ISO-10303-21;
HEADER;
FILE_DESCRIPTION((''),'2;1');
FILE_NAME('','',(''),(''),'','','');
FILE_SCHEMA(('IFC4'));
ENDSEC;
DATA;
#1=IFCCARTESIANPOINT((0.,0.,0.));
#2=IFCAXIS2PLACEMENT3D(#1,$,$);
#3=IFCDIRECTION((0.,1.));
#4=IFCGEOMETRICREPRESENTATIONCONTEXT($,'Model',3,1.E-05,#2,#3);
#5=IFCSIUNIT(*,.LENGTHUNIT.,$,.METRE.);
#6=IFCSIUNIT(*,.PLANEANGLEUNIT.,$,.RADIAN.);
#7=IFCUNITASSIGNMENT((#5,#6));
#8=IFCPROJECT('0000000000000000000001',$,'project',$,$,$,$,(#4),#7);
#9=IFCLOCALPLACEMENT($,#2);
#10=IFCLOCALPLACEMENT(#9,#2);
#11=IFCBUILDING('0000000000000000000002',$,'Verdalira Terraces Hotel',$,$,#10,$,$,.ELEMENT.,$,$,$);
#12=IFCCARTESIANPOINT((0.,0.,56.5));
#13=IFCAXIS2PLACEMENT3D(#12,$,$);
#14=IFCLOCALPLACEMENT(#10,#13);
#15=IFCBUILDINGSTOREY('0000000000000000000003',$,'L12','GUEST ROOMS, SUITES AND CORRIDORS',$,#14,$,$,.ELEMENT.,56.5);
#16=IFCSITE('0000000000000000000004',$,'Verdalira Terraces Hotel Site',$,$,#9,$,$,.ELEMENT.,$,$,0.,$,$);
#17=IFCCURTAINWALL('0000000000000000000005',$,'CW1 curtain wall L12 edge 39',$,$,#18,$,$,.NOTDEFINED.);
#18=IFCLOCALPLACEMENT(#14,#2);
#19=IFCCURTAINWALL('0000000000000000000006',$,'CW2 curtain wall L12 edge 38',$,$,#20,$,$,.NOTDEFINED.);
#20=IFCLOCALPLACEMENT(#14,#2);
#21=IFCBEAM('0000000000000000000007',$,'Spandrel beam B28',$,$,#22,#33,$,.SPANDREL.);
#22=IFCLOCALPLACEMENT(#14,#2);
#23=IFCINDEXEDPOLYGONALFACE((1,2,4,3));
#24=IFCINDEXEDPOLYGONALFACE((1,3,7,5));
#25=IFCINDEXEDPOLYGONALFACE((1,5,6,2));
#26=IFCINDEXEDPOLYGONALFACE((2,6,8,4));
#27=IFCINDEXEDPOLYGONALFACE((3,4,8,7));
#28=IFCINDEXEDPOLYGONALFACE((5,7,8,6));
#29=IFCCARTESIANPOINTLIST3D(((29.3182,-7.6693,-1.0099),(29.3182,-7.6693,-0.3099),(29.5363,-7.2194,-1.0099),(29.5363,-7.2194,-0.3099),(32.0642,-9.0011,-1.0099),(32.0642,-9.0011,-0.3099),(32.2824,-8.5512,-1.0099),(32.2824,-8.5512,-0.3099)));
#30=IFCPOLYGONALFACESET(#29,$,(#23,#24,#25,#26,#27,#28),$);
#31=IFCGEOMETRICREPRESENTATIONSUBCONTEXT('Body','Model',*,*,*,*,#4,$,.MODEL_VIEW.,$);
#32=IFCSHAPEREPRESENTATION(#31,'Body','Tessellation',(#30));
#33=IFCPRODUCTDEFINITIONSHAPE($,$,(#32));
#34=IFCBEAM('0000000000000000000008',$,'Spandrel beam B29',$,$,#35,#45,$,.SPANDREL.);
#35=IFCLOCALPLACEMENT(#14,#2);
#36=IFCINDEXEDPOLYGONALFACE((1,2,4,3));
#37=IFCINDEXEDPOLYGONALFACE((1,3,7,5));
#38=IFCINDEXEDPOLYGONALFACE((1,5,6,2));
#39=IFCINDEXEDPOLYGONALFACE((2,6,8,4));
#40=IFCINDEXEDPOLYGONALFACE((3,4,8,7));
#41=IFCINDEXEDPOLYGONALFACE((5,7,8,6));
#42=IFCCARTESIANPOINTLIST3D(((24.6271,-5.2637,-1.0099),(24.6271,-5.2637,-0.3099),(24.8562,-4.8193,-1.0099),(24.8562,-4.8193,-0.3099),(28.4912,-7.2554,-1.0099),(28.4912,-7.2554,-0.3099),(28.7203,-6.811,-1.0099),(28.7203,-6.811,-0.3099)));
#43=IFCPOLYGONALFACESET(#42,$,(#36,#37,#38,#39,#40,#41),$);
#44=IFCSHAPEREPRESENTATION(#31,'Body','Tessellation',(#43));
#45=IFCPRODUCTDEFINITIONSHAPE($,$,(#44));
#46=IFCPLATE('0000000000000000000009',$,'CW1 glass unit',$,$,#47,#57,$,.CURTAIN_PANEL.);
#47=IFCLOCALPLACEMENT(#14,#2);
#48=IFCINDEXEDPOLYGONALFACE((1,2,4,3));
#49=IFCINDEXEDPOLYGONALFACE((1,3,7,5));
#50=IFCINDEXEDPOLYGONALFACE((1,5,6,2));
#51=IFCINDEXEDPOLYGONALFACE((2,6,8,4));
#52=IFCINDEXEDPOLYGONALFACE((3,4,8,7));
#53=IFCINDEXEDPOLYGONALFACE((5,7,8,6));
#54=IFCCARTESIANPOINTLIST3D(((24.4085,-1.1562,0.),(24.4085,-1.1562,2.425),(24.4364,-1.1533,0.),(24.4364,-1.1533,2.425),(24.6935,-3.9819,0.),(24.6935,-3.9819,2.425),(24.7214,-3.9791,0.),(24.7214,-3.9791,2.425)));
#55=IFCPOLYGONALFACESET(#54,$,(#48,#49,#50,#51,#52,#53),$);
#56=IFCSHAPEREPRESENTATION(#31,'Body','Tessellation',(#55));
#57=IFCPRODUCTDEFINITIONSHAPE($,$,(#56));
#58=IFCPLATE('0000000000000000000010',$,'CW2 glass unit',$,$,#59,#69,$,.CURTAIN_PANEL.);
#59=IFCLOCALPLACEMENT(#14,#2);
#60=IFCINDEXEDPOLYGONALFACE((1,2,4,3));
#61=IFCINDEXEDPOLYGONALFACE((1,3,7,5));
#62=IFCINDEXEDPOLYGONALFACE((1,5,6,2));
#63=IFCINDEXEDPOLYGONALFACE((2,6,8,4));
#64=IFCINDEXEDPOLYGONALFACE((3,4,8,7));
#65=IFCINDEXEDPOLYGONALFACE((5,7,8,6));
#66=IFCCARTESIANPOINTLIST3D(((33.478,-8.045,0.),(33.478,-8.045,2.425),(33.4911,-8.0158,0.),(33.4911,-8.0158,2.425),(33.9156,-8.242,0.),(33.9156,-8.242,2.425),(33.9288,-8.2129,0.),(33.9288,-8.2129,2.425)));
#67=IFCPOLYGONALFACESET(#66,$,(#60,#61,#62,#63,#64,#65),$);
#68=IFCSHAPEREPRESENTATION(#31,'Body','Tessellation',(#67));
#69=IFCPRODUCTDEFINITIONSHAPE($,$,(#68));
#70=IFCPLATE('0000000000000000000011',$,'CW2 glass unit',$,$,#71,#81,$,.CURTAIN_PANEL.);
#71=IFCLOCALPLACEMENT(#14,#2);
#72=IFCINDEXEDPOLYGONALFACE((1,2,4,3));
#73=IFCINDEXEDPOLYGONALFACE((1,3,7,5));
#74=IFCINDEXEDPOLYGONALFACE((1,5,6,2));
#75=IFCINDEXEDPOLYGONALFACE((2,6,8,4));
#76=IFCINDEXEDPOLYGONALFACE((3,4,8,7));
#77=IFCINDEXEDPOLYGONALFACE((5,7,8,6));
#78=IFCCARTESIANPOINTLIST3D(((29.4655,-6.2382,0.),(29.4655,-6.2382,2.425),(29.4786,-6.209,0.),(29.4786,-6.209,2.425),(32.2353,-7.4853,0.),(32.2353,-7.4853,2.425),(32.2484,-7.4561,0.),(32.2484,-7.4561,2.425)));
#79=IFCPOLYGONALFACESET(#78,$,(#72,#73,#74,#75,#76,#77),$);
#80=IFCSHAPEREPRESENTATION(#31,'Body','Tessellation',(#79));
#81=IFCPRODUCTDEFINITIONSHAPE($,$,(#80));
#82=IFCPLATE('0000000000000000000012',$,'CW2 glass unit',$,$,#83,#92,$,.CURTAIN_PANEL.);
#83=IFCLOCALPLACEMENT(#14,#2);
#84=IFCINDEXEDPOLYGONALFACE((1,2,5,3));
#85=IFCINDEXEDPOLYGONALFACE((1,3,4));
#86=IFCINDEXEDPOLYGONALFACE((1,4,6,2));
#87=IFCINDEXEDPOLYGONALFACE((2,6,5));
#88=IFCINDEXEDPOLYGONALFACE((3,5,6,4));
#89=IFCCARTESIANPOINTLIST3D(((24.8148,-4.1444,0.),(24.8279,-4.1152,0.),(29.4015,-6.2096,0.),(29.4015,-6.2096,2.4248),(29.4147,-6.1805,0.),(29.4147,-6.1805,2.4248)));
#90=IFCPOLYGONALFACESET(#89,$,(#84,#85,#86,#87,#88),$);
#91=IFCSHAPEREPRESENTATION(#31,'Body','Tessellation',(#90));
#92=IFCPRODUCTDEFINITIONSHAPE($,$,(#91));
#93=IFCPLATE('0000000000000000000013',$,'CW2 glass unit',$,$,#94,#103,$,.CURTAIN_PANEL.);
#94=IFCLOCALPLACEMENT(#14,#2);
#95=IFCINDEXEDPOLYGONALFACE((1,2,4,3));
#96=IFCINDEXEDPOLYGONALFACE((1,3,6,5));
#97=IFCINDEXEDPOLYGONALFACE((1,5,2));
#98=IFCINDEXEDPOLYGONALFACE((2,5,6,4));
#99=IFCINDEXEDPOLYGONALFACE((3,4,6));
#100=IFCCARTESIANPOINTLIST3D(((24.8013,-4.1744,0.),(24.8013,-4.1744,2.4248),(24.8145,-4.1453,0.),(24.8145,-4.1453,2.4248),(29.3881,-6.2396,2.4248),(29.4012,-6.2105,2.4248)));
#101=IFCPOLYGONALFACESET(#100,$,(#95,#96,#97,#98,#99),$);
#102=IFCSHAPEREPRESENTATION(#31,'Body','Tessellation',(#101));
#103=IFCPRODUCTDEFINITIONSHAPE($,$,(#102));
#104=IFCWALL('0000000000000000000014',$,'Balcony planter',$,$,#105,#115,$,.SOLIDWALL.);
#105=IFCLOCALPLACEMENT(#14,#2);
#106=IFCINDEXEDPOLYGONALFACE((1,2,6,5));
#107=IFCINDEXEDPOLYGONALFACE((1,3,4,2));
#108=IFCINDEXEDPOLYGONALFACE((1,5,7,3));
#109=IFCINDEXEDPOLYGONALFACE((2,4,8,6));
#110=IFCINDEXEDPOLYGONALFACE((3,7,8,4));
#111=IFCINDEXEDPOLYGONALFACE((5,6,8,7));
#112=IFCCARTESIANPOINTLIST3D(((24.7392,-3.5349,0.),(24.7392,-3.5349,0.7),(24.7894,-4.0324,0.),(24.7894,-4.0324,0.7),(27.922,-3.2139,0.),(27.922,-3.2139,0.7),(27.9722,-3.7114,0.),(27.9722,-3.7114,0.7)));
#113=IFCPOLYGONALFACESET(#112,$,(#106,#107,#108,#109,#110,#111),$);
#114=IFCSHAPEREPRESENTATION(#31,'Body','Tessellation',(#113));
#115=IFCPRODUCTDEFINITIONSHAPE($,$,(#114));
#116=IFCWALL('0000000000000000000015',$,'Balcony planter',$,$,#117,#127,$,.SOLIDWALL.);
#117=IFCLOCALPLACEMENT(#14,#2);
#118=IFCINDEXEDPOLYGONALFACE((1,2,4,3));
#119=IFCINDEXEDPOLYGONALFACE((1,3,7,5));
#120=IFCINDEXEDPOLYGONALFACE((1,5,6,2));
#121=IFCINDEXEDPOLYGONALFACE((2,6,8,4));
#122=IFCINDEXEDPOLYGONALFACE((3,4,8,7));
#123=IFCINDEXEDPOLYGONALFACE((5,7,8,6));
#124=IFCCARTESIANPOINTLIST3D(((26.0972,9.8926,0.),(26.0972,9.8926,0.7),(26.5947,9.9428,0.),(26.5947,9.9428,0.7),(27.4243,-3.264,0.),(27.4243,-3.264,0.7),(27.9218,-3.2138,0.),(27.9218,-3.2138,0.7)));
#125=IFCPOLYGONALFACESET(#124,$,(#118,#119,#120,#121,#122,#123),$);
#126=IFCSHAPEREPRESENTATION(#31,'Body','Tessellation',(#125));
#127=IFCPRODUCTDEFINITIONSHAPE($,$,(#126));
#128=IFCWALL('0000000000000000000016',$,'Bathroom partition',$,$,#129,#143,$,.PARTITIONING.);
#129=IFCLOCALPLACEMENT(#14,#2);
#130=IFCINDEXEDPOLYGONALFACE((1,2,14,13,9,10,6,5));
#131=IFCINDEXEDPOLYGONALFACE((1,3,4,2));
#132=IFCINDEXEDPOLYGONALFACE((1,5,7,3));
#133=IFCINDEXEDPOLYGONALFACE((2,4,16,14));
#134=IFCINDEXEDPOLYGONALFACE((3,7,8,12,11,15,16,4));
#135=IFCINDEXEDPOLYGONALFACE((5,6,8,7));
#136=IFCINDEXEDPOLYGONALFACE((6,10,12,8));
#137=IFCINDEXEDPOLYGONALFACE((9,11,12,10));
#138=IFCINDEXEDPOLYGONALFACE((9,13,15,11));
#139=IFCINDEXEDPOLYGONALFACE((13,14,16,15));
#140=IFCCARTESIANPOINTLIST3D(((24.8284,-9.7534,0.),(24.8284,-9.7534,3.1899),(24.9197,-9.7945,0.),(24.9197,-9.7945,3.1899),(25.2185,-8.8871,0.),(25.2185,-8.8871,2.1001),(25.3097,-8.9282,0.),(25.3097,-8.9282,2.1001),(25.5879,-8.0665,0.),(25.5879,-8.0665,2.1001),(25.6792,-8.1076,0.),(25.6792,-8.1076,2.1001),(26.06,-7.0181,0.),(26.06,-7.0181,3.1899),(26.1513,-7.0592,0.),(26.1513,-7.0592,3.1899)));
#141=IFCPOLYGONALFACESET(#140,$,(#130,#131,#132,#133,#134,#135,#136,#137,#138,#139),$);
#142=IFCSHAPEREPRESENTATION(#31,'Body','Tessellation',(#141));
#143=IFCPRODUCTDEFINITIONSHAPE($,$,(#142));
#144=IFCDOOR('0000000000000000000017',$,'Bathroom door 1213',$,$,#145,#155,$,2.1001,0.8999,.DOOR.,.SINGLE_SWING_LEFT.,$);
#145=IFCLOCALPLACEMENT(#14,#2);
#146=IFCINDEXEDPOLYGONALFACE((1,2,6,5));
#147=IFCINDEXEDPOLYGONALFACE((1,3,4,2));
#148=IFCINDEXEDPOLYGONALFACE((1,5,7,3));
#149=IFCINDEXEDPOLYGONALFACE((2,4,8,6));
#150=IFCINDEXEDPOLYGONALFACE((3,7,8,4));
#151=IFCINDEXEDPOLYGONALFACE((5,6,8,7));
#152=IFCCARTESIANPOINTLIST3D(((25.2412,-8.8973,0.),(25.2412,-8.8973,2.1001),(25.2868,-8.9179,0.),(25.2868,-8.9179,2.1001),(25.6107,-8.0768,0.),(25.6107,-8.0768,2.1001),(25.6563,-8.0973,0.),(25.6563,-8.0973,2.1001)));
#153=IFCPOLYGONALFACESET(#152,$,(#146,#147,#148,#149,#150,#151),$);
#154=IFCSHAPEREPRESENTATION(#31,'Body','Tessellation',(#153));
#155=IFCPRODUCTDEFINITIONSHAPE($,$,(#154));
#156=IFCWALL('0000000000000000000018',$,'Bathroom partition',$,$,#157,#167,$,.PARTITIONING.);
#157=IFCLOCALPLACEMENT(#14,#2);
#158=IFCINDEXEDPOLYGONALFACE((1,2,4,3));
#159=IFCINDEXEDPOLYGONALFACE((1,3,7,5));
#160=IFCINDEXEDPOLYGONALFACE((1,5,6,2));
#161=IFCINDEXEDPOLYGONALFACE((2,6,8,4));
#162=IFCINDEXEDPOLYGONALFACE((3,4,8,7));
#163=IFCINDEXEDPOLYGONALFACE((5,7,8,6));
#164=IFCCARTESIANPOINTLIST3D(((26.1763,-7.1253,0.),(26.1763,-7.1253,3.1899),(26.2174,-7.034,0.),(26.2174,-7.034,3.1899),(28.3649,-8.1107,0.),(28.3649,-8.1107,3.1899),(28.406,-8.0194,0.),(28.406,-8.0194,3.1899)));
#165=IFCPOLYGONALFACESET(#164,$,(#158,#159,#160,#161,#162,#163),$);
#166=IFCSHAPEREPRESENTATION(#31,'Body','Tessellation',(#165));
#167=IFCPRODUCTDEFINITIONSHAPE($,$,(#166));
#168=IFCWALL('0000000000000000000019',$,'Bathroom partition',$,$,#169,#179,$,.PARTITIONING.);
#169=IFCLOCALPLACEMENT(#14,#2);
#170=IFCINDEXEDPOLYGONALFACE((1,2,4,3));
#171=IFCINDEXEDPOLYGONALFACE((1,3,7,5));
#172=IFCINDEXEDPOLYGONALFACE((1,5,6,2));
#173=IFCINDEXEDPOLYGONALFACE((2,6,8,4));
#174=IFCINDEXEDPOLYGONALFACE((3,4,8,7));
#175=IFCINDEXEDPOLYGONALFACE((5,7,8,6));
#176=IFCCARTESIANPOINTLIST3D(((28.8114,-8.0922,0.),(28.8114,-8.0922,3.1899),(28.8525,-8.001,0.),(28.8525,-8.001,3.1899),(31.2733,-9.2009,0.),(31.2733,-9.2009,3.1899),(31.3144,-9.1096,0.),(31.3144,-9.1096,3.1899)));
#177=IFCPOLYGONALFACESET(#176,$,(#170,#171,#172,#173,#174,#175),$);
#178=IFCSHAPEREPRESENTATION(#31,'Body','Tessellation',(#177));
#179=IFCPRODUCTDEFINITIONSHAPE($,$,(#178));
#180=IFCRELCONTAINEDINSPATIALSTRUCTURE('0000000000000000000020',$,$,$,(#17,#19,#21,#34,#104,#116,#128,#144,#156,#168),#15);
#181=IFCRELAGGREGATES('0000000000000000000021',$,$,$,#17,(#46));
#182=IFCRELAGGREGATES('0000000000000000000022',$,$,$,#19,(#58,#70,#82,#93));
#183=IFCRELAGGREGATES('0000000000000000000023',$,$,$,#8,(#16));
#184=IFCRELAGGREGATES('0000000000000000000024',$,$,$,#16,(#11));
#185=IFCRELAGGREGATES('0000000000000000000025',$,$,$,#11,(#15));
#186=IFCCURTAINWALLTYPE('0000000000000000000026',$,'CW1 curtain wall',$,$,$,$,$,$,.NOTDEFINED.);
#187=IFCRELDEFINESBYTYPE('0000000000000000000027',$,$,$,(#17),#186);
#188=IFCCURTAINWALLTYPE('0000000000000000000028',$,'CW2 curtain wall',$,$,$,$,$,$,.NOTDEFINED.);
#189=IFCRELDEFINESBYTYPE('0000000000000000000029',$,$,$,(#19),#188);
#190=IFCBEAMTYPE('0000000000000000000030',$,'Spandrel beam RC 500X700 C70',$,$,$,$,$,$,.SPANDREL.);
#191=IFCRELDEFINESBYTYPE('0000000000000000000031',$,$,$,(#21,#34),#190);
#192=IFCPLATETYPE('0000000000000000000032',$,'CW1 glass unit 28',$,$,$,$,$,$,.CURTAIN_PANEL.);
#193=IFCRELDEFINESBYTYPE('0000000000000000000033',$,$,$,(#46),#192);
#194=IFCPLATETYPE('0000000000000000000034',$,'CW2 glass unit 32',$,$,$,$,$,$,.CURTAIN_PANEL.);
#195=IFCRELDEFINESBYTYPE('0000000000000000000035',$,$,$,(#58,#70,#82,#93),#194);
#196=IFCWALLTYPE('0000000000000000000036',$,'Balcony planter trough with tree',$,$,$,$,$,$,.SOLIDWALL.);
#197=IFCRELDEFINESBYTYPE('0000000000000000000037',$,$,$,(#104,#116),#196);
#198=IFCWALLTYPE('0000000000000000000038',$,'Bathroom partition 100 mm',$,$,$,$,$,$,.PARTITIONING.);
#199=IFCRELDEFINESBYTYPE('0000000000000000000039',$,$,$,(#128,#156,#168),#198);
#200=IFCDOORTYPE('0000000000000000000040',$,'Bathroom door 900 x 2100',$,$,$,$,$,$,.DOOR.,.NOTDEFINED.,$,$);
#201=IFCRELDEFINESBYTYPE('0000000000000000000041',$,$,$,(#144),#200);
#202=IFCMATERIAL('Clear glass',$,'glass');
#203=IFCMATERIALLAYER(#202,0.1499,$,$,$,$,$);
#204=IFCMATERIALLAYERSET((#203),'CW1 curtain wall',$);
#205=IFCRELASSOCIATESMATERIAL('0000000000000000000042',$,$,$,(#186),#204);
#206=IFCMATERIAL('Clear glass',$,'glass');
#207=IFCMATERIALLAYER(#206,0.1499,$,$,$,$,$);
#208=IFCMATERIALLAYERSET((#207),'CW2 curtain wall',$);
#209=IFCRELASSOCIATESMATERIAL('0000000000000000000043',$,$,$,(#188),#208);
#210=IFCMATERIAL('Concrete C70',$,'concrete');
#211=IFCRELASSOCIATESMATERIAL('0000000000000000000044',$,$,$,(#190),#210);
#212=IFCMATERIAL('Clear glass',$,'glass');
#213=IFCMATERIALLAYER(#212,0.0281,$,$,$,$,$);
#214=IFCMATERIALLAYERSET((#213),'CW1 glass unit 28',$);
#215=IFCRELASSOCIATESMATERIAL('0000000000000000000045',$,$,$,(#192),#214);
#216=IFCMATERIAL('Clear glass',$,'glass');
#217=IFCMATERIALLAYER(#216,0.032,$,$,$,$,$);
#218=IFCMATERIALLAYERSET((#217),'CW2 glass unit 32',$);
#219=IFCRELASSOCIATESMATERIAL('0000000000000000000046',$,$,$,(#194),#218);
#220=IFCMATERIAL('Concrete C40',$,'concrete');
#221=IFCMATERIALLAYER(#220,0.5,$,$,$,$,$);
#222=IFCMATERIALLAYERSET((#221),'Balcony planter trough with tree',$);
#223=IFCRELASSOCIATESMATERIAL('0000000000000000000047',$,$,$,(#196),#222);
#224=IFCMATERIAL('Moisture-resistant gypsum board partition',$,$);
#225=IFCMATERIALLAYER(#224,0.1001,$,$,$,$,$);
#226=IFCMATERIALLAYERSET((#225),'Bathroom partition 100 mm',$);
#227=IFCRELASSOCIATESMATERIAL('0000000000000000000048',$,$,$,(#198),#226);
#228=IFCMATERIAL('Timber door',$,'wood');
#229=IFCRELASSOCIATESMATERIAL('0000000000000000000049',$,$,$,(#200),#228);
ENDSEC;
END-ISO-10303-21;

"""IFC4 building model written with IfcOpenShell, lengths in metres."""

from ifc_helpers import new_model, si_unit, direction, frame, frame_2d, origin, origin_2d, place, context, subcontext, project, spatial, polyline, rectangle, outline, extrude, material, layer, layer_set, material_profile, profile_set, type_object, element, fill, aggregate, save


model = new_model("IFC4")

# Units and contexts
model_context = context("Model", 3, precision=1e-05, world=origin(), true_north=direction((0.0, 1.0)))
body_context = subcontext(model_context, "Body", "Model", "MODEL_VIEW")
ifc_project = project(units=[si_unit("LENGTHUNIT", "METRE"), si_unit("PLANEANGLEUNIT", "RADIAN")], contexts=[model_context])

# Site, building, storey
site_placement = place(None, origin())
site = spatial("IfcSite", under=ifc_project, at=site_placement, Name="Verdalira Terraces Hotel Site", CompositionType="ELEMENT", RefElevation=0.0)
building_placement = place(site_placement, origin())
building = spatial("IfcBuilding", under=site, at=building_placement, Name="Verdalira Terraces Hotel", CompositionType="ELEMENT")
storey_placement = place(building_placement, frame((0.0, 0.0, 56.5)))
storey = spatial("IfcBuildingStorey", under=building, at=storey_placement, Name="L12", Description="GUEST ROOMS, SUITES AND CORRIDORS", CompositionType="ELEMENT", Elevation=56.5)

# Curtain walls
ifc_material_1 = material(Name="Clear glass", Category="glass")
ifc_layer_1 = layer(ifc_material_1, 0.1499)
ifc_layer_set_1 = layer_set([ifc_layer_1], Name="CW1 curtain wall")
curtain_wall_type_1 = type_object("IfcCurtainWallType", Name="CW1 curtain wall", PredefinedType="NOTDEFINED", material=ifc_layer_set_1)
curtain_wall_1_placement = place(storey_placement, origin())
curtain_wall_1 = element("IfcCurtainWall", 1, at=curtain_wall_1_placement, inside=storey, type_object=curtain_wall_type_1, Name="CW1 curtain wall L12 edge 39", PredefinedType="NOTDEFINED")
ifc_material_2 = material(Name="Clear glass", Category="glass")
ifc_layer_2 = layer(ifc_material_2, 0.1499)
ifc_layer_set_2 = layer_set([ifc_layer_2], Name="CW2 curtain wall")
curtain_wall_type_2 = type_object("IfcCurtainWallType", Name="CW2 curtain wall", PredefinedType="NOTDEFINED", material=ifc_layer_set_2)
curtain_wall_2_placement = place(storey_placement, origin())
curtain_wall_2 = element("IfcCurtainWall", 2, at=curtain_wall_2_placement, inside=storey, type_object=curtain_wall_type_2, Name="CW2 curtain wall L12 edge 38", PredefinedType="NOTDEFINED")

# Beams
ifc_material_3 = material(Name="Concrete C70", Category="concrete")
ifc_material_profile_1 = material_profile(ifc_material_3, rectangle(XDim=0.5, YDim=0.7, at=origin_2d()), Name="RC 500X700")
ifc_profile_set_1 = profile_set([ifc_material_profile_1], Name="Concrete C70")
beam_type_1 = type_object("IfcBeamType", Name="Spandrel beam RC 500X700 C70", PredefinedType="SPANDREL", material=ifc_profile_set_1)
beam_1_placement = place(storey_placement, frame((32.1733, -8.7761, -0.6599), z_axis=(-0.899769, 0.436366, 0.0), x_axis=(-0.436366, -0.899769, 0.0)))
element("IfcBeam", 3, at=beam_1_placement, inside=storey, type_object=beam_type_1, Name="Spandrel beam B28", PredefinedType="SPANDREL", context=body_context, shape_type="SweptSolid", body=[
    extrude(rectangle(XDim=0.5, YDim=0.7, at=origin_2d()), origin(), (0.0, 0.0, 1.0), 3.052),
])
beam_2_placement = place(storey_placement, frame((28.6057, -7.0332, -0.6599), z_axis=(-0.888867, 0.458165, 0.0), x_axis=(-0.458165, -0.888867, 0.0)))
element("IfcBeam", 4, at=beam_2_placement, inside=storey, type_object=beam_type_1, Name="Spandrel beam B29", PredefinedType="SPANDREL", context=body_context, shape_type="SweptSolid", body=[
    extrude(rectangle(XDim=0.5, YDim=0.7, at=origin_2d()), origin(), (0.0, 0.0, 1.0), 4.3472),
])

# Plates
ifc_material_4 = material(Name="Clear glass", Category="glass")
ifc_layer_3 = layer(ifc_material_4, 0.0281)
ifc_layer_set_3 = layer_set([ifc_layer_3], Name="CW1 glass unit 28")
plate_type_1 = type_object("IfcPlateType", Name="CW1 glass unit 28", PredefinedType="CURTAIN_PANEL", material=ifc_layer_set_3)
plate_1_placement = place(storey_placement, frame((24.5649, -2.5676, 0.0), z_axis=(0.0, 0.0, 1.0), x_axis=(-0.100362, 0.994951, 0.0)))
plate_1 = element("IfcPlate", 5, at=plate_1_placement, type_object=plate_type_1, Name="CW1 glass unit", PredefinedType="CURTAIN_PANEL", context=body_context, shape_type="SweptSolid", body=[
    extrude(rectangle(XDim=2.8401, YDim=0.0281, at=origin_2d()), origin(), (0.0, 0.0, 1.0), 2.425),
])
aggregate(curtain_wall_1, [plate_1])
ifc_material_5 = material(Name="Clear glass", Category="glass")
ifc_layer_4 = layer(ifc_material_5, 0.032)
ifc_layer_set_4 = layer_set([ifc_layer_4], Name="CW2 glass unit 32")
plate_type_2 = type_object("IfcPlateType", Name="CW2 glass unit 32", PredefinedType="CURTAIN_PANEL", material=ifc_layer_set_4)
plate_2_placement = place(storey_placement, frame((33.7034, -8.1289, 0.0), z_axis=(0.0, 0.0, 1.0), x_axis=(-0.911834, 0.41056, 0.0)))
plate_2 = element("IfcPlate", 6, at=plate_2_placement, type_object=plate_type_2, Name="CW2 glass unit", PredefinedType="CURTAIN_PANEL", context=body_context, shape_type="SweptSolid", body=[
    extrude(rectangle(XDim=0.48, YDim=0.032, at=origin_2d()), origin(), (0.0, 0.0, 1.0), 2.425),
])
plate_3_placement = place(storey_placement, frame((30.8569, -6.8472, 0.0), z_axis=(0.0, 0.0, 1.0), x_axis=(-0.911834, 0.41056, 0.0)))
plate_3 = element("IfcPlate", 7, at=plate_3_placement, type_object=plate_type_2, Name="CW2 glass unit", PredefinedType="CURTAIN_PANEL", context=body_context, shape_type="SweptSolid", body=[
    extrude(rectangle(XDim=3.0376, YDim=0.032, at=origin_2d()), origin(), (0.0, 0.0, 1.0), 2.425),
])
plate_4_placement = place(storey_placement, frame((27.1082, -5.177, 1.2124), z_axis=(0.41056, 0.911834, 0.0), x_axis=(-0.911834, 0.41056, 0.0)))
plate_4 = element("IfcPlate", 8, at=plate_4_placement, type_object=plate_type_2, Name="CW2 glass unit", PredefinedType="CURTAIN_PANEL", context=body_context, shape_type="SweptSolid", body=[
    extrude(outline(polyline([(-2.5151, -1.2124), (2.5151, -1.2124), (-2.5151, 1.2124), (-2.5151, -1.2124)])), origin(), (0.0, 0.0, 1.0), 0.032),
])
plate_5_placement = place(storey_placement, frame((27.0947, -5.207, 1.2124), z_axis=(0.41056, 0.911834, 0.0), x_axis=(-0.911834, 0.41056, 0.0)))
plate_5 = element("IfcPlate", 9, at=plate_5_placement, type_object=plate_type_2, Name="CW2 glass unit", PredefinedType="CURTAIN_PANEL", context=body_context, shape_type="SweptSolid", body=[
    extrude(outline(polyline([(2.5151, -1.2124), (2.5151, 1.2124), (-2.5151, 1.2124), (2.5151, -1.2124)])), origin(), (0.0, 0.0, 1.0), 0.032),
])
aggregate(curtain_wall_2, [plate_2, plate_3, plate_4, plate_5])

# Walls
ifc_material_6 = material(Name="Concrete C40", Category="concrete")
ifc_layer_5 = layer(ifc_material_6, 0.5)
ifc_layer_set_5 = layer_set([ifc_layer_5], Name="Balcony planter trough with tree")
wall_type_1 = type_object("IfcWallType", Name="Balcony planter trough with tree", PredefinedType="SOLIDWALL", material=ifc_layer_set_5)
wall_1_placement = place(storey_placement, frame((24.7642, -3.7837, 0.0), z_axis=(0.0, 0.0, 1.0), x_axis=(0.994951, 0.100358, 0.0)))
element("IfcWall", 10, at=wall_1_placement, inside=storey, type_object=wall_type_1, Name="Balcony planter", PredefinedType="SOLIDWALL", context=body_context, shape_type="SweptSolid", body=[
    extrude(rectangle(XDim=3.199, YDim=0.5, at=frame_2d((1.5996, 0.0))), origin(), (0.0, 0.0, 1.0), 0.7),
])
wall_2_placement = place(storey_placement, frame((27.6731, -3.239, 0.0), z_axis=(0.0, 0.0, 1.0), x_axis=(-0.100363, 0.994951, 0.0)))
element("IfcWall", 11, at=wall_2_placement, inside=storey, type_object=wall_type_1, Name="Balcony planter", PredefinedType="SOLIDWALL", context=body_context, shape_type="SweptSolid", body=[
    extrude(rectangle(XDim=13.2234, YDim=0.5, at=frame_2d((6.6118, 0.0))), origin(), (0.0, 0.0, 1.0), 0.7),
])

# Wall, opening, door
ifc_material_7 = material(Name="Moisture-resistant gypsum board partition")
ifc_layer_6 = layer(ifc_material_7, 0.1001)
ifc_layer_set_6 = layer_set([ifc_layer_6], Name="Bathroom partition 100 mm")
wall_type_2 = type_object("IfcWallType", Name="Bathroom partition 100 mm", PredefinedType="PARTITIONING", material=ifc_layer_set_6)
wall_3_placement = place(storey_placement, frame((26.1057, -7.0386, 0.0), z_axis=(0.0, 0.0, 1.0), x_axis=(-0.410581, -0.911824, 0.0)))
wall_3 = element("IfcWall", 12, at=wall_3_placement, inside=storey, type_object=wall_type_2, Name="Bathroom partition", PredefinedType="PARTITIONING", context=body_context, shape_type="SweptSolid", body=[
    extrude(rectangle(XDim=2.9998, YDim=0.1001, at=frame_2d((1.5, 0.0))), origin(), (0.0, 0.0, 1.0), 3.1899),
])
opening_1_placement = place(wall_3_placement, frame((1.1499, 0.0, 0.0)))
opening_1 = element("IfcOpeningElement", 13, at=opening_1_placement, cuts=wall_3, PredefinedType="OPENING", context=body_context, shape_type="SweptSolid", body=[
    extrude(rectangle(XDim=0.8999, YDim=2.1001, at=frame_2d((0.45, 1.05))), frame((0.0, 0.0601, 0.0), z_axis=(0.0, -1.0, 0.0), x_axis=(1.0, 0.0, 0.0)), (0.0, 0.0, 1.0), 0.1201),
])
ifc_material_8 = material(Name="Timber door", Category="wood")
door_type_1 = type_object("IfcDoorType", Name="Bathroom door 900 x 2100", OperationType="NOTDEFINED", PredefinedType="DOOR", material=ifc_material_8)
door_1_placement = place(opening_1_placement, origin())
door_1 = element("IfcDoor", 14, at=door_1_placement, inside=storey, type_object=door_type_1, Name="Bathroom door 1213", OperationType="SINGLE_SWING_LEFT", OverallHeight=2.1001, OverallWidth=0.8999, PredefinedType="DOOR", context=body_context, shape_type="SweptSolid", body=[
    extrude(rectangle(XDim=0.8999, YDim=2.1001, at=frame_2d((0.45, 1.05))), frame((0.0, 0.0249, 0.0), z_axis=(0.0, -1.0, 0.0), x_axis=(1.0, 0.0, 0.0)), (0.0, 0.0, 1.0), 0.05),
])
fill(opening_1, door_1)

# Walls
wall_4_placement = place(storey_placement, frame((26.1968, -7.0796, 0.0), z_axis=(0.0, 0.0, 1.0), x_axis=(0.911838, -0.410551, 0.0)))
element("IfcWall", 15, at=wall_4_placement, inside=storey, type_object=wall_type_2, Name="Bathroom partition", PredefinedType="PARTITIONING", context=body_context, shape_type="SweptSolid", body=[
    extrude(rectangle(XDim=2.4001, YDim=0.1001, at=frame_2d((1.2002, 0.0))), origin(), (0.0, 0.0, 1.0), 3.1899),
])
wall_5_placement = place(storey_placement, frame((31.2939, -9.1553, 0.0), z_axis=(0.0, 0.0, 1.0), x_axis=(-0.911813, 0.410605, 0.0)))
element("IfcWall", 16, at=wall_5_placement, inside=storey, type_object=wall_type_2, Name="Bathroom partition", PredefinedType="PARTITIONING", context=body_context, shape_type="SweptSolid", body=[
    extrude(rectangle(XDim=2.7, YDim=0.1001, at=frame_2d((1.3501, 0.0))), origin(), (0.0, 0.0, 1.0), 3.1899),
])

save(model, "model.ifc")
